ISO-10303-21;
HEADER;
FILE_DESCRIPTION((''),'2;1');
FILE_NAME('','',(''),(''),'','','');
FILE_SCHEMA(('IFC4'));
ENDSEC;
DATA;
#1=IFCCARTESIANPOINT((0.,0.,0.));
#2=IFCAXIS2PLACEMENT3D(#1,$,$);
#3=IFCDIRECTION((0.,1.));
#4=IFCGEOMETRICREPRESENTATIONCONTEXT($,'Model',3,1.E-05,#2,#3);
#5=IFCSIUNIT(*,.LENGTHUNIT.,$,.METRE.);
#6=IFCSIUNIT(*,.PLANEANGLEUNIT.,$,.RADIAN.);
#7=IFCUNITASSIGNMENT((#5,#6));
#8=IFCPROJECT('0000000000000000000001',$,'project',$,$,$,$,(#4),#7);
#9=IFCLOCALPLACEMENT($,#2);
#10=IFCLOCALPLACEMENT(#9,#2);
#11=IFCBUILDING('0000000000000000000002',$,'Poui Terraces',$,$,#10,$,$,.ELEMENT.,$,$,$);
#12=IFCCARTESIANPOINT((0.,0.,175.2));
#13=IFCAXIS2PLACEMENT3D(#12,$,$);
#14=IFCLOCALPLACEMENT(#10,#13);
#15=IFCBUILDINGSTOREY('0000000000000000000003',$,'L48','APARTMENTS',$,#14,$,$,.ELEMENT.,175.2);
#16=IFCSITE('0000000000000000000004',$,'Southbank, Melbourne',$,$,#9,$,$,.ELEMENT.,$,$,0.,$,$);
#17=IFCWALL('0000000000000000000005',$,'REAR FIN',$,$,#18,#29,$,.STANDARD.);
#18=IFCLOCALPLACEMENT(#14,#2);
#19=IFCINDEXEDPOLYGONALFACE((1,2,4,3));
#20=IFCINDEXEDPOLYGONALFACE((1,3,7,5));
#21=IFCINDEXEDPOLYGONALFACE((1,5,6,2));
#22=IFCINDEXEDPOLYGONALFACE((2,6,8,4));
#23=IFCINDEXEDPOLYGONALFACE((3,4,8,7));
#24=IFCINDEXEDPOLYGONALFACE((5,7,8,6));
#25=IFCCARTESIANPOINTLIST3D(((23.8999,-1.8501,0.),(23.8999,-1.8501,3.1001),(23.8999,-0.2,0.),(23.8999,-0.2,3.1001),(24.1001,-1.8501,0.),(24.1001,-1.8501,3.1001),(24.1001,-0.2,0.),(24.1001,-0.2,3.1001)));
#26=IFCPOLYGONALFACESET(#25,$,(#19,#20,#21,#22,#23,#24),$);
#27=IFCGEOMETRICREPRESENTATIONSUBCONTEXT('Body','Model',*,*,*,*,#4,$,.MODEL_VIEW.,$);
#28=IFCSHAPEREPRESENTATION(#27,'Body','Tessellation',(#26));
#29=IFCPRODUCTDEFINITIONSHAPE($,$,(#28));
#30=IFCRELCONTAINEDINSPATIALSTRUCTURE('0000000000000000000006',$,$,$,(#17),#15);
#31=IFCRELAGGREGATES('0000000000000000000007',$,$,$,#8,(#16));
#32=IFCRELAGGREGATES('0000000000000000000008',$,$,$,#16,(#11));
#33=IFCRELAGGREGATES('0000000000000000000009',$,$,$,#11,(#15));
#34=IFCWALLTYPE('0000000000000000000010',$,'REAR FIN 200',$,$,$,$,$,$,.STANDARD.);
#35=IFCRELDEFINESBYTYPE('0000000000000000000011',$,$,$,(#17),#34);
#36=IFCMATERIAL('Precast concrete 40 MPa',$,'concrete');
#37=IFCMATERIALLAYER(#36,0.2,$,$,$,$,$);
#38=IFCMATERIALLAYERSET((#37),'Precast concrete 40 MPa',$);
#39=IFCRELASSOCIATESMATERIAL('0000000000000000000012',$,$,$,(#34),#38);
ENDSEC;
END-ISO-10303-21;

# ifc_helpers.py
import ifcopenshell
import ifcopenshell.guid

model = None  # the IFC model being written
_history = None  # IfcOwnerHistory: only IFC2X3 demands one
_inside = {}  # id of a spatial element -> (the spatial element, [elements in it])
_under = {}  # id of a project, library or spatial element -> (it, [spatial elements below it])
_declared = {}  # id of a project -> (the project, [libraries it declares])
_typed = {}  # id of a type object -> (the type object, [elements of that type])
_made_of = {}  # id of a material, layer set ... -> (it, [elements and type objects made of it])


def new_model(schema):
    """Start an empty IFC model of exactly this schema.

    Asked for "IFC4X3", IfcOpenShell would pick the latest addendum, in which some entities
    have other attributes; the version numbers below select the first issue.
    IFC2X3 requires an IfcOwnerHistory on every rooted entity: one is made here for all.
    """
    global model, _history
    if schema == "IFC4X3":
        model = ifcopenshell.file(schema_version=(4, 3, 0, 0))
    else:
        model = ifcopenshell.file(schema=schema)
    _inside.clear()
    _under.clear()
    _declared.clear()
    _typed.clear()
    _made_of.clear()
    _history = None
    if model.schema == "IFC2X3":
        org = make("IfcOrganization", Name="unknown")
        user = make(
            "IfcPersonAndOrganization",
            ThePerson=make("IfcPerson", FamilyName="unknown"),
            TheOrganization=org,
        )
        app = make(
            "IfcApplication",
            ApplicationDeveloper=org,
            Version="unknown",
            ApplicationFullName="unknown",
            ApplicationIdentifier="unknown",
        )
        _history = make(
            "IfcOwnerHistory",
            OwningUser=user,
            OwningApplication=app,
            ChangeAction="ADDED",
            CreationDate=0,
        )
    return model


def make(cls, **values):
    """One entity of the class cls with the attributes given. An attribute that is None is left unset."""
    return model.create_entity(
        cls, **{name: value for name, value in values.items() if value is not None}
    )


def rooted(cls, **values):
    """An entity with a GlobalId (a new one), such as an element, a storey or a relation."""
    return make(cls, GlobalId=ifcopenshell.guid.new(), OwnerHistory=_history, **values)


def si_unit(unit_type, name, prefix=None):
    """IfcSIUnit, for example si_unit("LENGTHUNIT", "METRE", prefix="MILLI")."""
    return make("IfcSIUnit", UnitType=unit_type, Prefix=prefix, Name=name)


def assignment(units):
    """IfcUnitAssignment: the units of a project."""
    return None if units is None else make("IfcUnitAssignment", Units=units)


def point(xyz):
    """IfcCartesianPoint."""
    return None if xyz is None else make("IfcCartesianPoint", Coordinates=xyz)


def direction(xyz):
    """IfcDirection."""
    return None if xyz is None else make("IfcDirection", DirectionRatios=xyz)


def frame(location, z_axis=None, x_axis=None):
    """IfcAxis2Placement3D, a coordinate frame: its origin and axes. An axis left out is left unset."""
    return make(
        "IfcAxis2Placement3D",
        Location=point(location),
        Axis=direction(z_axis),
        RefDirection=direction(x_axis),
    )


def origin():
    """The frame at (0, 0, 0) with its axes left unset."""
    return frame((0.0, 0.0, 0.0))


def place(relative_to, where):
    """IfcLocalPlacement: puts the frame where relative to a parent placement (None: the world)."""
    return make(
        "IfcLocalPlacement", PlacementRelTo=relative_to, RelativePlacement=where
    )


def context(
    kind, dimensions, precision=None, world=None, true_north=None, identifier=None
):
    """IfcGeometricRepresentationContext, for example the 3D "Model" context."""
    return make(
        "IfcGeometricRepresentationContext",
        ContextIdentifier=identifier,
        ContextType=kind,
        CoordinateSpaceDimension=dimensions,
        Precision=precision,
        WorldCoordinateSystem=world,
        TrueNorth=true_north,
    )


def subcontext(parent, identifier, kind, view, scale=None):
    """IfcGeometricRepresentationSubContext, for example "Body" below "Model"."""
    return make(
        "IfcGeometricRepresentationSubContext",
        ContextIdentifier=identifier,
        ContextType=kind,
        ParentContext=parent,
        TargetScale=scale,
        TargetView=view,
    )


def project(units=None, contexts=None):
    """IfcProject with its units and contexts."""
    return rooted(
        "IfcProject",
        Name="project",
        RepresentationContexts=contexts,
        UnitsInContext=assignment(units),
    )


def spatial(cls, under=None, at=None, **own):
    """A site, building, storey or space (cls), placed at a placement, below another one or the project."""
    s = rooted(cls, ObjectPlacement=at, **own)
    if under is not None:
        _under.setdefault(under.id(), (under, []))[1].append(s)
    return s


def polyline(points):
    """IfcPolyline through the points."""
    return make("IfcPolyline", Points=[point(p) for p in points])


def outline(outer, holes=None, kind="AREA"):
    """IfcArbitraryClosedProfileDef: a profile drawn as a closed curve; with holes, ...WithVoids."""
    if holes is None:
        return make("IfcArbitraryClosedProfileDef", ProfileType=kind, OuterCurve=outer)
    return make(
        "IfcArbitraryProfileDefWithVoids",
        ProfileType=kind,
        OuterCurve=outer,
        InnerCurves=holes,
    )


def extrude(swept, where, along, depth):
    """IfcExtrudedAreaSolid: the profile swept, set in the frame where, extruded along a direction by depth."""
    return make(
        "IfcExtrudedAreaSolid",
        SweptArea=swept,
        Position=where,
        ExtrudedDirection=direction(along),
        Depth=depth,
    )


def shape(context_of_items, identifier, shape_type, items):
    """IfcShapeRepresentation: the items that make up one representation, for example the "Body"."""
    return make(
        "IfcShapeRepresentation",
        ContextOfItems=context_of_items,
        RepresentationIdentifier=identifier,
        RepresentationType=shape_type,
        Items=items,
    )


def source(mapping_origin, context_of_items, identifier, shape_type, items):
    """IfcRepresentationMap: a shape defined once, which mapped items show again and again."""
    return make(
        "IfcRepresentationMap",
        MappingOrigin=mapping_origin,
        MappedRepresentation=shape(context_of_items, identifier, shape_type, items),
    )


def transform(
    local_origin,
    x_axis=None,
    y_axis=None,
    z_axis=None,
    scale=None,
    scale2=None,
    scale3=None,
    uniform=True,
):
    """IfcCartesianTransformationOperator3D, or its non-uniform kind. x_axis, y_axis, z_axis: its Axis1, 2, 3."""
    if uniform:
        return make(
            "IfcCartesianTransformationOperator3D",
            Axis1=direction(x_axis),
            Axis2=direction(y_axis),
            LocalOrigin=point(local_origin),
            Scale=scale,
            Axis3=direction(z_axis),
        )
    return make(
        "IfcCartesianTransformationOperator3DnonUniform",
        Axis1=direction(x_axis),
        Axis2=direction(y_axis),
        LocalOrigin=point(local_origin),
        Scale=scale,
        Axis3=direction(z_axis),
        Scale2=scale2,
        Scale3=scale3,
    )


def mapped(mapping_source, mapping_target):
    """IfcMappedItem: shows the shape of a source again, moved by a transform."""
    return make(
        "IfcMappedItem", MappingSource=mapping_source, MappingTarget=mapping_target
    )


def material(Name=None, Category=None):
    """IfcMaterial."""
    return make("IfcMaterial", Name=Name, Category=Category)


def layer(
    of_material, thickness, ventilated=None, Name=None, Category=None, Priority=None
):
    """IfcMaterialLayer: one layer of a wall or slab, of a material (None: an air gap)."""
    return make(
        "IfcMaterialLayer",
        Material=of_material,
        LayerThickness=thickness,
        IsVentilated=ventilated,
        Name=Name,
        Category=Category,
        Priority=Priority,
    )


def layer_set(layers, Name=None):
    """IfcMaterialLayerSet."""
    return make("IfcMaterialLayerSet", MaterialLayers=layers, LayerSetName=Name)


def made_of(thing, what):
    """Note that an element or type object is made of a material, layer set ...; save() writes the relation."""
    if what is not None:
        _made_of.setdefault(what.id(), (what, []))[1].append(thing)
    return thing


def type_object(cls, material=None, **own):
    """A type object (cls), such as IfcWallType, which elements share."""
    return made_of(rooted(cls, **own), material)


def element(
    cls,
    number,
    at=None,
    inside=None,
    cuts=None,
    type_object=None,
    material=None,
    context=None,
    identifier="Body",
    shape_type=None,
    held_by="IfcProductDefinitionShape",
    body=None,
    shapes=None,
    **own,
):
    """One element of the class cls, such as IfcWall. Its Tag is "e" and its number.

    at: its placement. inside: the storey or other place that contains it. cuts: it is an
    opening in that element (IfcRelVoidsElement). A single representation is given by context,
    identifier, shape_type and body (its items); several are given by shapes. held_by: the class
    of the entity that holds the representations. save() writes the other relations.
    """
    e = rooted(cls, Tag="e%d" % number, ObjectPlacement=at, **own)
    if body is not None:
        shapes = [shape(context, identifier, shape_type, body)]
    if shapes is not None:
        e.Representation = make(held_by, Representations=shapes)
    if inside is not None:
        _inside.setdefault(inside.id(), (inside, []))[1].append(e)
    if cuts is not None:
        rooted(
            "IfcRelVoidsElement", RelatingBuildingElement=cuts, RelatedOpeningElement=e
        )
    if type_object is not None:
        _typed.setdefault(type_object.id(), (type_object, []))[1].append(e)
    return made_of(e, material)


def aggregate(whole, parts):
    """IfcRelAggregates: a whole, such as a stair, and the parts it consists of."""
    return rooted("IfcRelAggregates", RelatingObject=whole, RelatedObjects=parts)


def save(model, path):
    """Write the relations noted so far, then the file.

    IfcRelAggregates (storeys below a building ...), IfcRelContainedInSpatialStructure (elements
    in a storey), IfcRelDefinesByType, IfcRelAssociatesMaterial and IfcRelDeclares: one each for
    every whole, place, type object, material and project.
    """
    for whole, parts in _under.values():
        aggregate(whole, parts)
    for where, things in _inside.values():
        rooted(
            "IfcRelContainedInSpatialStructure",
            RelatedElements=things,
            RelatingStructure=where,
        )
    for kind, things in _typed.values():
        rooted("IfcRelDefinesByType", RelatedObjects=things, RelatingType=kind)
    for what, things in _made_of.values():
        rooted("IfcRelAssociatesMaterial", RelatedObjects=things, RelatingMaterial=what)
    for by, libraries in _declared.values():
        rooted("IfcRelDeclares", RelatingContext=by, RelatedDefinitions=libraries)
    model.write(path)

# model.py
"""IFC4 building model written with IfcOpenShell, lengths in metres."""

from ifc_helpers import new_model, si_unit, direction, frame, origin, place, context, subcontext, project, spatial, polyline, outline, extrude, source, transform, mapped, material, layer, layer_set, type_object, element, save


model = new_model("IFC4")

# Units and contexts
model_context = context("Model", 3, precision=1e-05, world=origin(), true_north=direction((0.0, 1.0)))
body_context = subcontext(model_context, "Body", "Model", "MODEL_VIEW")
ifc_project = project(units=[si_unit("LENGTHUNIT", "METRE"), si_unit("PLANEANGLEUNIT", "RADIAN")], contexts=[model_context])

# Site, building, storey
site_placement = place(None, origin())
site = spatial("IfcSite", under=ifc_project, at=site_placement, Name="Southbank, Melbourne", CompositionType="ELEMENT", RefElevation=0.0)
building_placement = place(site_placement, origin())
building = spatial("IfcBuilding", under=site, at=building_placement, Name="Poui Terraces", CompositionType="ELEMENT")
storey_placement = place(building_placement, frame((0.0, 0.0, 175.2)))
storey = spatial("IfcBuildingStorey", under=building, at=storey_placement, Name="L48", Description="APARTMENTS", CompositionType="ELEMENT", Elevation=175.2)

# Wall
ifc_material = material(Name="Precast concrete 40 MPa", Category="concrete")
ifc_layer = layer(ifc_material, 0.2)
ifc_layer_set = layer_set([ifc_layer], Name="Precast concrete 40 MPa")
wall_type = type_object("IfcWallType", Name="REAR FIN 200", PredefinedType="STANDARD", material=ifc_layer_set)
shared_shape = source(origin(), body_context, "Body", "SweptSolid", [
    extrude(outline(polyline([(0.0, 0.0), (0.2002, 0.0), (0.2002, 1.6501), (0.0, 1.6501), (0.0, 0.0)])), origin(), (0.0, 0.0, 1.0), 3.1001),
])
wall_placement = place(storey_placement, frame((23.8999, -1.8501, 0.0)))
element("IfcWall", 1, at=wall_placement, inside=storey, type_object=wall_type, Name="REAR FIN", PredefinedType="STANDARD", context=body_context, shape_type="MappedRepresentation", body=[
    mapped(shared_shape, transform((0.0, 0.0, 0.0))),
])

save(model, "model.ifc")
